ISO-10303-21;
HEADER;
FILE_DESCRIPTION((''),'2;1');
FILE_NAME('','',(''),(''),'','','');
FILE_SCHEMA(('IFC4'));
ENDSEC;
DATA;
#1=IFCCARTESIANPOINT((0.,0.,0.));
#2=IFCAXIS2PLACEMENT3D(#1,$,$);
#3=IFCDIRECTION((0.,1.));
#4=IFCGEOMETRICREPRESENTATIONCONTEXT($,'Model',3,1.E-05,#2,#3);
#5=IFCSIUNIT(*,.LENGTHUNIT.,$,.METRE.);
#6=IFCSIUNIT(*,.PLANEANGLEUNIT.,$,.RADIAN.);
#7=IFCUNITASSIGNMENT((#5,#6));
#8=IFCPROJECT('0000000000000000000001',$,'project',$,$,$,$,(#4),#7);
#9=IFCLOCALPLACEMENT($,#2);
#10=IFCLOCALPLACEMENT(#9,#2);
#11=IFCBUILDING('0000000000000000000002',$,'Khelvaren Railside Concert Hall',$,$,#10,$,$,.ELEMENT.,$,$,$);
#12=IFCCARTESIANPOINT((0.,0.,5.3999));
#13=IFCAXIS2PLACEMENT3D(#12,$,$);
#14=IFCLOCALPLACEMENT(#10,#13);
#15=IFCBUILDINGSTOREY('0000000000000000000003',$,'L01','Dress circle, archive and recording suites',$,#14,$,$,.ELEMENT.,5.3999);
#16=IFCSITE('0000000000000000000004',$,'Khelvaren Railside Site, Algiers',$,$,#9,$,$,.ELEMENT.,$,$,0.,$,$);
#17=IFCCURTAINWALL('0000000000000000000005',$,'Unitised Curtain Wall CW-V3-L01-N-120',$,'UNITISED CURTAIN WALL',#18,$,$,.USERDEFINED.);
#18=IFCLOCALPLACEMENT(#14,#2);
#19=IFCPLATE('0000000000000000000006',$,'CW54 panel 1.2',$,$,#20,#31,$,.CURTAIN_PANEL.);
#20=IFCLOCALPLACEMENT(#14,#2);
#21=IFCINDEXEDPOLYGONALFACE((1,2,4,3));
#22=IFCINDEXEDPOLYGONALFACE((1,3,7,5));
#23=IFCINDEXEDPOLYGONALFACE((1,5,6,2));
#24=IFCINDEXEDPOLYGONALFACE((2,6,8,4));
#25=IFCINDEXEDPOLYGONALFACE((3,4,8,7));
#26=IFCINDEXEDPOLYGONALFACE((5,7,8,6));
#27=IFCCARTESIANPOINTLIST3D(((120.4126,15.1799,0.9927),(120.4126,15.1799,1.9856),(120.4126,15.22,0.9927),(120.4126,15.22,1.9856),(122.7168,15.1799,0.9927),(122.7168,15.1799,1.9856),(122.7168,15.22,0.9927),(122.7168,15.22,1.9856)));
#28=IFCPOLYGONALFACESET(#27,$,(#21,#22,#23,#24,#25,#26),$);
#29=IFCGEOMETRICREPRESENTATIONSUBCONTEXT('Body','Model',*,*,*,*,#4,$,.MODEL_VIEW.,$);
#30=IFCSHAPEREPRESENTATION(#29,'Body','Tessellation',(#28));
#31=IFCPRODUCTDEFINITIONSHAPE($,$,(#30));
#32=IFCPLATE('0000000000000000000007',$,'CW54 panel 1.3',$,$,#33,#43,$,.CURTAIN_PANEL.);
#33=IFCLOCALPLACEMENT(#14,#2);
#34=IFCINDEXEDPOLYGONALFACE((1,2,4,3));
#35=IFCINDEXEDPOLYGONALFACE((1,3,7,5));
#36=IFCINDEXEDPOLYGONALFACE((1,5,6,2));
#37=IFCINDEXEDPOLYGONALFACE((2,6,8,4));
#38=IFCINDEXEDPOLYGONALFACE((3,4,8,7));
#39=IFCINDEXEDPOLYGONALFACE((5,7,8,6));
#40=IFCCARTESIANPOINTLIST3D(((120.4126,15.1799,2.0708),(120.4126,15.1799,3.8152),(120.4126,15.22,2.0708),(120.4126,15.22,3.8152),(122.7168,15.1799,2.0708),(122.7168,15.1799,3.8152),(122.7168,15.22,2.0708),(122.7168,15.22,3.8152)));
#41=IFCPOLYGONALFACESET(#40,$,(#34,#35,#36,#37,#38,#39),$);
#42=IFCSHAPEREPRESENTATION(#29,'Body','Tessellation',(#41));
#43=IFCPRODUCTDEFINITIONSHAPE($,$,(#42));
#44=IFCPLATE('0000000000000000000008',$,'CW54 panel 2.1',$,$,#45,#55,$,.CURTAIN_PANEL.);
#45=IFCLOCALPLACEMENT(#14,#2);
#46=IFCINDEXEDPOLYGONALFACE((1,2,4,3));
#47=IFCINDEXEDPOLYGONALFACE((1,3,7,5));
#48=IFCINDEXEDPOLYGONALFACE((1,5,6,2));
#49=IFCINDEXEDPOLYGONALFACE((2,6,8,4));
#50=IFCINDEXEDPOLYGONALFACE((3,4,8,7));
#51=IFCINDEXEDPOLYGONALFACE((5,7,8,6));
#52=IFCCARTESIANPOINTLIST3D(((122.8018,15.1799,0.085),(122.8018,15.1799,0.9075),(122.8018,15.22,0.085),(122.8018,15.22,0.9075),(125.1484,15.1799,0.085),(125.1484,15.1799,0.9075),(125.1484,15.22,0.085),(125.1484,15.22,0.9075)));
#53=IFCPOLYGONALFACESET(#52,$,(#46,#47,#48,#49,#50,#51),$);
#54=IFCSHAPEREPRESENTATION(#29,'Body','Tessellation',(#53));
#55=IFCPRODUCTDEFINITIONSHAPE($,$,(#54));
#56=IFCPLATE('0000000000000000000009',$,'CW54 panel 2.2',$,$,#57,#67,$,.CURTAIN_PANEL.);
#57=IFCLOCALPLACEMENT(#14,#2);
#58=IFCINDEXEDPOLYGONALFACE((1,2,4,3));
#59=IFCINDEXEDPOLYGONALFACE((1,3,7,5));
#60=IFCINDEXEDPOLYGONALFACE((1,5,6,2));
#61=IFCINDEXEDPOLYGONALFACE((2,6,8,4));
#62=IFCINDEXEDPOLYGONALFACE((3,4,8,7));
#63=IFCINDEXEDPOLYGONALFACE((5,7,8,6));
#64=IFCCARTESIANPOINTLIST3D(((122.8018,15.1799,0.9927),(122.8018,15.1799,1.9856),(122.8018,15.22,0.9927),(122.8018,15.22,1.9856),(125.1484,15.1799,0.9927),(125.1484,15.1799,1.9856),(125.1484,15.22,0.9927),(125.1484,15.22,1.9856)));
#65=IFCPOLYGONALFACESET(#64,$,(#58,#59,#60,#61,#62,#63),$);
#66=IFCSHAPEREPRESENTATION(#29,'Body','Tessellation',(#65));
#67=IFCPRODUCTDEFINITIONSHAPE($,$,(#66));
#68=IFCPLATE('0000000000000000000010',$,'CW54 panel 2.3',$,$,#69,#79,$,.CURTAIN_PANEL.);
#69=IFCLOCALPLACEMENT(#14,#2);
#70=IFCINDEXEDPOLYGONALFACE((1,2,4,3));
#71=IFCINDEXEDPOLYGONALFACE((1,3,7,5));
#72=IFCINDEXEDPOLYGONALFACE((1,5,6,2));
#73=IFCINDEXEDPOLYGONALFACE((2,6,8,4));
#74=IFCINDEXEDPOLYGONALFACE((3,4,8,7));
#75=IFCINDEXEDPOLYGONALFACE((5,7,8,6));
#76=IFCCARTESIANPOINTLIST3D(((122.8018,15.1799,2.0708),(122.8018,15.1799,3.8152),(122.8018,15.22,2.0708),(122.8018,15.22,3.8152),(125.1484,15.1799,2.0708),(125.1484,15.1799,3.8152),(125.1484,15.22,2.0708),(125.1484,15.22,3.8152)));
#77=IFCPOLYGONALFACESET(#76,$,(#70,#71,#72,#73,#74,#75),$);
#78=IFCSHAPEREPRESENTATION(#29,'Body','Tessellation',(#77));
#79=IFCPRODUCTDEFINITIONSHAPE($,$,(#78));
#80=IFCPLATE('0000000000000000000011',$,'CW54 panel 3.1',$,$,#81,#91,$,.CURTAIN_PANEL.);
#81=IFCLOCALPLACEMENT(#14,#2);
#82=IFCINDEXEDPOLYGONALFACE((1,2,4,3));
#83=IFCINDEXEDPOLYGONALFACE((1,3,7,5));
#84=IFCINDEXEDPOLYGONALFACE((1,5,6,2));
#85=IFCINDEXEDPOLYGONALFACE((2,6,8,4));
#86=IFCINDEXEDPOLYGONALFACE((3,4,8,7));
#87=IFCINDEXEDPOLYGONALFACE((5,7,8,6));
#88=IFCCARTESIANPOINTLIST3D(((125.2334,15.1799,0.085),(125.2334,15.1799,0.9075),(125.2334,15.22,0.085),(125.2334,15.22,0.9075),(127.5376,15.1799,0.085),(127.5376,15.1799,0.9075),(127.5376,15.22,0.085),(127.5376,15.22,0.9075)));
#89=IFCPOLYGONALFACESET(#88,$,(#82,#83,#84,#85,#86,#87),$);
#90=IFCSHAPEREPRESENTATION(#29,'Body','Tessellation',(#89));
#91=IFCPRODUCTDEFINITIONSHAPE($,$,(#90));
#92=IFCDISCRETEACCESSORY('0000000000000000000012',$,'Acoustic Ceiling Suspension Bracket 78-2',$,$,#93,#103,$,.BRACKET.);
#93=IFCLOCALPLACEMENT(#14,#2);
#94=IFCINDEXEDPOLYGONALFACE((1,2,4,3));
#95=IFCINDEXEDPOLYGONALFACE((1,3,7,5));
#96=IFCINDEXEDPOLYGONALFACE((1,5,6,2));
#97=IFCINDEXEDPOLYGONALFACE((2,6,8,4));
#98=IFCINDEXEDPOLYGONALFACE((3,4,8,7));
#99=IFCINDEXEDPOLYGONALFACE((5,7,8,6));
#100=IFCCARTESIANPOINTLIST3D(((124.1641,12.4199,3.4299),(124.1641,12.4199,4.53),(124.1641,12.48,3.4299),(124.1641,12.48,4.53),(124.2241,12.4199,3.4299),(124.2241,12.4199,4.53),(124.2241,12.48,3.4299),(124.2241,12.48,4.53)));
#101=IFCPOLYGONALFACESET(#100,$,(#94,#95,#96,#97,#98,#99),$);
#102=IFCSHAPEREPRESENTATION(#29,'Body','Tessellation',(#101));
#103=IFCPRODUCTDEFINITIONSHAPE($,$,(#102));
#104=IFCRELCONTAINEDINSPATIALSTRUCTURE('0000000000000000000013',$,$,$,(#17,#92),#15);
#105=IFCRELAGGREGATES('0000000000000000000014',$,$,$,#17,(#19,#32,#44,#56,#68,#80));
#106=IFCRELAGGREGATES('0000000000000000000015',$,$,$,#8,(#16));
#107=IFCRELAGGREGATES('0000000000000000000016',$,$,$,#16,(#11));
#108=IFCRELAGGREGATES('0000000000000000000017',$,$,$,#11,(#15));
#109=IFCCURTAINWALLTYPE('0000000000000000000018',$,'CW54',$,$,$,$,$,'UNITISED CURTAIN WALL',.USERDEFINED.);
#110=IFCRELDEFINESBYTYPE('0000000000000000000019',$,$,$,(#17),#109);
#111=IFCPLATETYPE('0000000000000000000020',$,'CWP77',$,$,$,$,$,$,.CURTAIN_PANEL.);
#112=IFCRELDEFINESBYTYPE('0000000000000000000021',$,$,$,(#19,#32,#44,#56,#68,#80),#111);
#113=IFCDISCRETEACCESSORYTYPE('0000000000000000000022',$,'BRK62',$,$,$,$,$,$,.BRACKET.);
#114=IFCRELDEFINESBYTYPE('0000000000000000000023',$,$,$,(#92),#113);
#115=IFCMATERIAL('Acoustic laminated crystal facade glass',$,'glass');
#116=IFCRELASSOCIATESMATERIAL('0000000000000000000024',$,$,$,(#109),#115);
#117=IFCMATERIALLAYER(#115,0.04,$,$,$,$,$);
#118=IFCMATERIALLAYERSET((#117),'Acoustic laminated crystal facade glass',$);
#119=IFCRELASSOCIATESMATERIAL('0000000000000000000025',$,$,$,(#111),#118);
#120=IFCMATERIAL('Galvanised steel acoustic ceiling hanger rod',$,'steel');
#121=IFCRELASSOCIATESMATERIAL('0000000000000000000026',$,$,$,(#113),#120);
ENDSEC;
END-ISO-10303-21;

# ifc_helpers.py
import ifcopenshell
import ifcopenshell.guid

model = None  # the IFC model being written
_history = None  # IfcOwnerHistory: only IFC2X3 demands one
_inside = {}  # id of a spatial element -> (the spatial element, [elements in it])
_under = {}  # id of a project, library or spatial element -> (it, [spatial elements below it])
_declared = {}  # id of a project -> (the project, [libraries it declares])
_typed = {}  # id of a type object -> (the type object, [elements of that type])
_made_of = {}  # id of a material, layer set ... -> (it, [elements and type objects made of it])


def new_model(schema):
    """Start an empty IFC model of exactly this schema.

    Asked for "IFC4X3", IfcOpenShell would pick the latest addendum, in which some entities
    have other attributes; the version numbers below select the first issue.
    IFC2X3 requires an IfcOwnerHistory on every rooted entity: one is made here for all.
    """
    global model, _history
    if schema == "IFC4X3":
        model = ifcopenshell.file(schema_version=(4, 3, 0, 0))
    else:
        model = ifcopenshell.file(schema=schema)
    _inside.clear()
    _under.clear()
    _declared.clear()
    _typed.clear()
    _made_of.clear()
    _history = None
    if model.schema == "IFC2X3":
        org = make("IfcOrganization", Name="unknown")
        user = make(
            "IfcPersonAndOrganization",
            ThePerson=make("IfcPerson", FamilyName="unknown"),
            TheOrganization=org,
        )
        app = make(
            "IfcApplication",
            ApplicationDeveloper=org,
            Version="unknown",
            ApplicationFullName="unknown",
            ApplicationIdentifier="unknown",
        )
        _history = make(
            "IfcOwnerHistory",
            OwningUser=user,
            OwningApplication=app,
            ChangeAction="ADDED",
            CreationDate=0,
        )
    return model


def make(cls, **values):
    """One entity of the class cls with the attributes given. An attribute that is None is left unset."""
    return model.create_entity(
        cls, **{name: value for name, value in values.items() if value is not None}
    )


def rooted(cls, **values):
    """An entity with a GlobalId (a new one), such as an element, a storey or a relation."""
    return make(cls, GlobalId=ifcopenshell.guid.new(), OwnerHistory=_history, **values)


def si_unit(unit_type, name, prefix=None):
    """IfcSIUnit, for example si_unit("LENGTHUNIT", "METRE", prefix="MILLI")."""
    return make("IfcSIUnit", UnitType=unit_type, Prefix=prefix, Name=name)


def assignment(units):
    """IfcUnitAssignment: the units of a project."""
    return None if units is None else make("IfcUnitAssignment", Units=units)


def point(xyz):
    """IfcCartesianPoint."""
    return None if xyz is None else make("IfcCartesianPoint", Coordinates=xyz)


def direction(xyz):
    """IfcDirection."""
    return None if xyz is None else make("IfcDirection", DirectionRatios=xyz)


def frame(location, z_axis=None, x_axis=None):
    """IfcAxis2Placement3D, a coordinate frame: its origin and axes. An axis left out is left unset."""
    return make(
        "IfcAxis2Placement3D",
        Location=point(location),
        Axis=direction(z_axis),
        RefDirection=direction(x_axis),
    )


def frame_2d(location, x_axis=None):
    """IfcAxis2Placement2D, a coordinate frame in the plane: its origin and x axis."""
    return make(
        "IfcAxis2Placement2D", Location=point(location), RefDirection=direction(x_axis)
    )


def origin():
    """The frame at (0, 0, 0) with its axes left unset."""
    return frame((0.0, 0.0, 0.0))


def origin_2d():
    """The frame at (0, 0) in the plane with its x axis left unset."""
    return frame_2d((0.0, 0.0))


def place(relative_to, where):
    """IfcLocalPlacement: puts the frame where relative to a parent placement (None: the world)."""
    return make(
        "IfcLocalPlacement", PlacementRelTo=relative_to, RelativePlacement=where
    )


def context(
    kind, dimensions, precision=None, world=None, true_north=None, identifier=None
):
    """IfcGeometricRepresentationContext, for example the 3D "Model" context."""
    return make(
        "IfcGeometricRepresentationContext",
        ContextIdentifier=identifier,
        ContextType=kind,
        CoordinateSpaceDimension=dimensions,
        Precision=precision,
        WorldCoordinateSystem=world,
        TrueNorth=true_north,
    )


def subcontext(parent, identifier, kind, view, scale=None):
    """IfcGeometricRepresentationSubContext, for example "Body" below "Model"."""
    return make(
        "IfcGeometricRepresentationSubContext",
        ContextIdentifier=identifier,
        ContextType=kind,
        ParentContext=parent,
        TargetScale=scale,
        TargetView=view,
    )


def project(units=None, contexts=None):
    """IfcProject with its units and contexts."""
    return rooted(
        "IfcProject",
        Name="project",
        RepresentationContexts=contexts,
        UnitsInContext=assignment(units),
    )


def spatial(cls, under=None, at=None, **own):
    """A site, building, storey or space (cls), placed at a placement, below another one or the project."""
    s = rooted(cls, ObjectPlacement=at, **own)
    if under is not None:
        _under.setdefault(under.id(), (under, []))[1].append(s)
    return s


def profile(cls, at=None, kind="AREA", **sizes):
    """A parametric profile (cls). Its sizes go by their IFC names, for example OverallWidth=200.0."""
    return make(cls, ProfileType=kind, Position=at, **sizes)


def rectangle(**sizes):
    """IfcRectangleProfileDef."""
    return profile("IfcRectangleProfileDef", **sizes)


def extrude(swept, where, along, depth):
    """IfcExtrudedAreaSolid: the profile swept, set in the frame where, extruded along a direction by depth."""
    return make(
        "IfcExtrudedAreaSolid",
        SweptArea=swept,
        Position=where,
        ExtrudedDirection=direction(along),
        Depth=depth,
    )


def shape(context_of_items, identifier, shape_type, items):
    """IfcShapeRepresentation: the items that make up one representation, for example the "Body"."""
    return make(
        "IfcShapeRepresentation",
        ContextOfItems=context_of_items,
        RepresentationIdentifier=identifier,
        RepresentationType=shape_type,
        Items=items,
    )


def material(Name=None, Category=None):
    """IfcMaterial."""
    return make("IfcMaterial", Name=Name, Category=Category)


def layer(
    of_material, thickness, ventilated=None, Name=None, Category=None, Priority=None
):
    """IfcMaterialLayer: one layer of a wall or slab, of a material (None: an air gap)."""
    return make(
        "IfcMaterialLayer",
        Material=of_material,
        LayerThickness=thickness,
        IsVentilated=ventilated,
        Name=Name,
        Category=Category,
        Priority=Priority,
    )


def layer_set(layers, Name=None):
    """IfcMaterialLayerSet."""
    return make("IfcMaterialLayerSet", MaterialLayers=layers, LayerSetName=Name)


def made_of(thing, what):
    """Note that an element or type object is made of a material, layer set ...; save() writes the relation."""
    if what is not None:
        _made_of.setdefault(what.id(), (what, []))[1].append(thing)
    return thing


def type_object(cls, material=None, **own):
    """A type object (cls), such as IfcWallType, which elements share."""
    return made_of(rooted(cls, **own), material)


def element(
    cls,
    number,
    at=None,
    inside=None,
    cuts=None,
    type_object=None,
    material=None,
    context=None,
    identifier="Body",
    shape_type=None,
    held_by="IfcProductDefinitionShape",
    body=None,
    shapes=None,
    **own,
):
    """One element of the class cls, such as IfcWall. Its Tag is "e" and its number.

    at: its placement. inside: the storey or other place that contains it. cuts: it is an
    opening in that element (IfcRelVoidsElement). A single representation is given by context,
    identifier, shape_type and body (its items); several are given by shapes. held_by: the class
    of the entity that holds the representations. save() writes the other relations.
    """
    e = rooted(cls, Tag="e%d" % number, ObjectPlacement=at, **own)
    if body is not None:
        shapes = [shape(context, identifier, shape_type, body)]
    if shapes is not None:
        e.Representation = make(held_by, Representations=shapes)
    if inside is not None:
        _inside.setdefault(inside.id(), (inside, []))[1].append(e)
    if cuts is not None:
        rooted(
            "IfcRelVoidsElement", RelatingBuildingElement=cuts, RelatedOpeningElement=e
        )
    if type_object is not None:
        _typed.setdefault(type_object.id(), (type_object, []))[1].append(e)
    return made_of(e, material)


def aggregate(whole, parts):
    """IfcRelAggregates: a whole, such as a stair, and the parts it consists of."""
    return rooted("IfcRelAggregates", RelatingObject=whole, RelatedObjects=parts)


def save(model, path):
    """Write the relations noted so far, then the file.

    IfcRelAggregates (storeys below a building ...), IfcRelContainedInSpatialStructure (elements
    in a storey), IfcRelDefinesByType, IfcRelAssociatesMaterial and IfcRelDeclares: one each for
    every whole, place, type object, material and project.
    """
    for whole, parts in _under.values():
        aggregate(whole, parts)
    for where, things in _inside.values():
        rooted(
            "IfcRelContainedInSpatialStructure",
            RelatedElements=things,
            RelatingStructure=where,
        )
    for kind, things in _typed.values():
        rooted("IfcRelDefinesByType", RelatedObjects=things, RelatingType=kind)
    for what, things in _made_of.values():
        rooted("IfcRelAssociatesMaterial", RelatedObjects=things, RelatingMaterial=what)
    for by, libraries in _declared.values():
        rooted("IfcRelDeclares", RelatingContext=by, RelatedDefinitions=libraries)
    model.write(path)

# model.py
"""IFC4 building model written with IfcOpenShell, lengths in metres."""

from ifc_helpers import new_model, si_unit, direction, frame, origin, origin_2d, place, context, subcontext, project, spatial, rectangle, extrude, material, layer, layer_set, type_object, element, aggregate, save


model = new_model("IFC4")

# Units and contexts
model_context = context("Model", 3, precision=1e-05, world=origin(), true_north=direction((0.0, 1.0)))
body_context = subcontext(model_context, "Body", "Model", "MODEL_VIEW")
ifc_project = project(units=[si_unit("LENGTHUNIT", "METRE"), si_unit("PLANEANGLEUNIT", "RADIAN")], contexts=[model_context])

# Site, building, storey
site_placement = place(None, origin())
site = spatial("IfcSite", under=ifc_project, at=site_placement, Name="Khelvaren Railside Site, Algiers", CompositionType="ELEMENT", RefElevation=0.0)
building_placement = place(site_placement, origin())
building = spatial("IfcBuilding", under=site, at=building_placement, Name="Khelvaren Railside Concert Hall", CompositionType="ELEMENT")
storey_placement = place(building_placement, frame((0.0, 0.0, 5.3999)))
storey = spatial("IfcBuildingStorey", under=building, at=storey_placement, Name="L01", Description="Dress circle, archive and recording suites", CompositionType="ELEMENT", Elevation=5.3999)

# Curtain wall
ifc_material_1 = material(Name="Acoustic laminated crystal facade glass", Category="glass")
curtain_wall_type = type_object("IfcCurtainWallType", Name="CW54", ElementType="UNITISED CURTAIN WALL", PredefinedType="USERDEFINED", material=ifc_material_1)
curtain_wall_placement = place(storey_placement, origin())
curtain_wall = element("IfcCurtainWall", 1, at=curtain_wall_placement, inside=storey, type_object=curtain_wall_type, Name="Unitised Curtain Wall CW-V3-L01-N-120", ObjectType="UNITISED CURTAIN WALL", PredefinedType="USERDEFINED")

# Plates
ifc_layer = layer(ifc_material_1, 0.04)
ifc_layer_set = layer_set([ifc_layer], Name="Acoustic laminated crystal facade glass")
plate_type = type_object("IfcPlateType", Name="CWP77", PredefinedType="CURTAIN_PANEL", material=ifc_layer_set)
plate_1_placement = place(storey_placement, frame((121.5647, 15.2, 0.9927), z_axis=(0.0, 0.0, 1.0), x_axis=(1.0, 0.0, 0.0)))
plate_1 = element("IfcPlate", 2, at=plate_1_placement, type_object=plate_type, Name="CW54 panel 1.2", PredefinedType="CURTAIN_PANEL", context=body_context, shape_type="SweptSolid", body=[
    extrude(rectangle(XDim=2.3042, YDim=0.04, at=origin_2d()), origin(), (0.0, 0.0, 1.0), 0.9929),
])
plate_2_placement = place(storey_placement, frame((121.5647, 15.2, 2.0708), z_axis=(0.0, 0.0, 1.0), x_axis=(1.0, 0.0, 0.0)))
plate_2 = element("IfcPlate", 3, at=plate_2_placement, type_object=plate_type, Name="CW54 panel 1.3", PredefinedType="CURTAIN_PANEL", context=body_context, shape_type="SweptSolid", body=[
    extrude(rectangle(XDim=2.3042, YDim=0.04, at=origin_2d()), origin(), (0.0, 0.0, 1.0), 1.7444),
])
plate_3_placement = place(storey_placement, frame((123.9751, 15.2, 0.085), z_axis=(0.0, 0.0, 1.0), x_axis=(1.0, 0.0, 0.0)))
plate_3 = element("IfcPlate", 4, at=plate_3_placement, type_object=plate_type, Name="CW54 panel 2.1", PredefinedType="CURTAIN_PANEL", context=body_context, shape_type="SweptSolid", body=[
    extrude(rectangle(XDim=2.3467, YDim=0.04, at=origin_2d()), origin(), (0.0, 0.0, 1.0), 0.8225),
])
plate_4_placement = place(storey_placement, frame((123.9751, 15.2, 0.9927), z_axis=(0.0, 0.0, 1.0), x_axis=(1.0, 0.0, 0.0)))
plate_4 = element("IfcPlate", 5, at=plate_4_placement, type_object=plate_type, Name="CW54 panel 2.2", PredefinedType="CURTAIN_PANEL", context=body_context, shape_type="SweptSolid", body=[
    extrude(rectangle(XDim=2.3467, YDim=0.04, at=origin_2d()), origin(), (0.0, 0.0, 1.0), 0.9929),
])
plate_5_placement = place(storey_placement, frame((123.9751, 15.2, 2.0708), z_axis=(0.0, 0.0, 1.0), x_axis=(1.0, 0.0, 0.0)))
plate_5 = element("IfcPlate", 6, at=plate_5_placement, type_object=plate_type, Name="CW54 panel 2.3", PredefinedType="CURTAIN_PANEL", context=body_context, shape_type="SweptSolid", body=[
    extrude(rectangle(XDim=2.3467, YDim=0.04, at=origin_2d()), origin(), (0.0, 0.0, 1.0), 1.7444),
])
plate_6_placement = place(storey_placement, frame((126.3855, 15.2, 0.085), z_axis=(0.0, 0.0, 1.0), x_axis=(1.0, 0.0, 0.0)))
plate_6 = element("IfcPlate", 7, at=plate_6_placement, type_object=plate_type, Name="CW54 panel 3.1", PredefinedType="CURTAIN_PANEL", context=body_context, shape_type="SweptSolid", body=[
    extrude(rectangle(XDim=2.3042, YDim=0.04, at=origin_2d()), origin(), (0.0, 0.0, 1.0), 0.8225),
])
aggregate(curtain_wall, [plate_1, plate_2, plate_3, plate_4, plate_5, plate_6])

# Discrete accessory
ifc_material_2 = material(Name="Galvanised steel acoustic ceiling hanger rod", Category="steel")
discrete_accessory_type = type_object("IfcDiscreteAccessoryType", Name="BRK62", PredefinedType="BRACKET", material=ifc_material_2)
discrete_accessory_placement = place(storey_placement, frame((124.1941, 12.45, 3.4299), z_axis=(0.0, 0.0, 1.0), x_axis=(1.0, 0.0, 0.0)))
element("IfcDiscreteAccessory", 8, at=discrete_accessory_placement, inside=storey, type_object=discrete_accessory_type, Name="Acoustic Ceiling Suspension Bracket 78-2", PredefinedType="BRACKET", context=body_context, shape_type="SweptSolid", body=[
    extrude(rectangle(XDim=0.0601, YDim=0.0601, at=origin_2d()), origin(), (0.0, 0.0, 1.0), 1.1001),
])

save(model, "model.ifc")
